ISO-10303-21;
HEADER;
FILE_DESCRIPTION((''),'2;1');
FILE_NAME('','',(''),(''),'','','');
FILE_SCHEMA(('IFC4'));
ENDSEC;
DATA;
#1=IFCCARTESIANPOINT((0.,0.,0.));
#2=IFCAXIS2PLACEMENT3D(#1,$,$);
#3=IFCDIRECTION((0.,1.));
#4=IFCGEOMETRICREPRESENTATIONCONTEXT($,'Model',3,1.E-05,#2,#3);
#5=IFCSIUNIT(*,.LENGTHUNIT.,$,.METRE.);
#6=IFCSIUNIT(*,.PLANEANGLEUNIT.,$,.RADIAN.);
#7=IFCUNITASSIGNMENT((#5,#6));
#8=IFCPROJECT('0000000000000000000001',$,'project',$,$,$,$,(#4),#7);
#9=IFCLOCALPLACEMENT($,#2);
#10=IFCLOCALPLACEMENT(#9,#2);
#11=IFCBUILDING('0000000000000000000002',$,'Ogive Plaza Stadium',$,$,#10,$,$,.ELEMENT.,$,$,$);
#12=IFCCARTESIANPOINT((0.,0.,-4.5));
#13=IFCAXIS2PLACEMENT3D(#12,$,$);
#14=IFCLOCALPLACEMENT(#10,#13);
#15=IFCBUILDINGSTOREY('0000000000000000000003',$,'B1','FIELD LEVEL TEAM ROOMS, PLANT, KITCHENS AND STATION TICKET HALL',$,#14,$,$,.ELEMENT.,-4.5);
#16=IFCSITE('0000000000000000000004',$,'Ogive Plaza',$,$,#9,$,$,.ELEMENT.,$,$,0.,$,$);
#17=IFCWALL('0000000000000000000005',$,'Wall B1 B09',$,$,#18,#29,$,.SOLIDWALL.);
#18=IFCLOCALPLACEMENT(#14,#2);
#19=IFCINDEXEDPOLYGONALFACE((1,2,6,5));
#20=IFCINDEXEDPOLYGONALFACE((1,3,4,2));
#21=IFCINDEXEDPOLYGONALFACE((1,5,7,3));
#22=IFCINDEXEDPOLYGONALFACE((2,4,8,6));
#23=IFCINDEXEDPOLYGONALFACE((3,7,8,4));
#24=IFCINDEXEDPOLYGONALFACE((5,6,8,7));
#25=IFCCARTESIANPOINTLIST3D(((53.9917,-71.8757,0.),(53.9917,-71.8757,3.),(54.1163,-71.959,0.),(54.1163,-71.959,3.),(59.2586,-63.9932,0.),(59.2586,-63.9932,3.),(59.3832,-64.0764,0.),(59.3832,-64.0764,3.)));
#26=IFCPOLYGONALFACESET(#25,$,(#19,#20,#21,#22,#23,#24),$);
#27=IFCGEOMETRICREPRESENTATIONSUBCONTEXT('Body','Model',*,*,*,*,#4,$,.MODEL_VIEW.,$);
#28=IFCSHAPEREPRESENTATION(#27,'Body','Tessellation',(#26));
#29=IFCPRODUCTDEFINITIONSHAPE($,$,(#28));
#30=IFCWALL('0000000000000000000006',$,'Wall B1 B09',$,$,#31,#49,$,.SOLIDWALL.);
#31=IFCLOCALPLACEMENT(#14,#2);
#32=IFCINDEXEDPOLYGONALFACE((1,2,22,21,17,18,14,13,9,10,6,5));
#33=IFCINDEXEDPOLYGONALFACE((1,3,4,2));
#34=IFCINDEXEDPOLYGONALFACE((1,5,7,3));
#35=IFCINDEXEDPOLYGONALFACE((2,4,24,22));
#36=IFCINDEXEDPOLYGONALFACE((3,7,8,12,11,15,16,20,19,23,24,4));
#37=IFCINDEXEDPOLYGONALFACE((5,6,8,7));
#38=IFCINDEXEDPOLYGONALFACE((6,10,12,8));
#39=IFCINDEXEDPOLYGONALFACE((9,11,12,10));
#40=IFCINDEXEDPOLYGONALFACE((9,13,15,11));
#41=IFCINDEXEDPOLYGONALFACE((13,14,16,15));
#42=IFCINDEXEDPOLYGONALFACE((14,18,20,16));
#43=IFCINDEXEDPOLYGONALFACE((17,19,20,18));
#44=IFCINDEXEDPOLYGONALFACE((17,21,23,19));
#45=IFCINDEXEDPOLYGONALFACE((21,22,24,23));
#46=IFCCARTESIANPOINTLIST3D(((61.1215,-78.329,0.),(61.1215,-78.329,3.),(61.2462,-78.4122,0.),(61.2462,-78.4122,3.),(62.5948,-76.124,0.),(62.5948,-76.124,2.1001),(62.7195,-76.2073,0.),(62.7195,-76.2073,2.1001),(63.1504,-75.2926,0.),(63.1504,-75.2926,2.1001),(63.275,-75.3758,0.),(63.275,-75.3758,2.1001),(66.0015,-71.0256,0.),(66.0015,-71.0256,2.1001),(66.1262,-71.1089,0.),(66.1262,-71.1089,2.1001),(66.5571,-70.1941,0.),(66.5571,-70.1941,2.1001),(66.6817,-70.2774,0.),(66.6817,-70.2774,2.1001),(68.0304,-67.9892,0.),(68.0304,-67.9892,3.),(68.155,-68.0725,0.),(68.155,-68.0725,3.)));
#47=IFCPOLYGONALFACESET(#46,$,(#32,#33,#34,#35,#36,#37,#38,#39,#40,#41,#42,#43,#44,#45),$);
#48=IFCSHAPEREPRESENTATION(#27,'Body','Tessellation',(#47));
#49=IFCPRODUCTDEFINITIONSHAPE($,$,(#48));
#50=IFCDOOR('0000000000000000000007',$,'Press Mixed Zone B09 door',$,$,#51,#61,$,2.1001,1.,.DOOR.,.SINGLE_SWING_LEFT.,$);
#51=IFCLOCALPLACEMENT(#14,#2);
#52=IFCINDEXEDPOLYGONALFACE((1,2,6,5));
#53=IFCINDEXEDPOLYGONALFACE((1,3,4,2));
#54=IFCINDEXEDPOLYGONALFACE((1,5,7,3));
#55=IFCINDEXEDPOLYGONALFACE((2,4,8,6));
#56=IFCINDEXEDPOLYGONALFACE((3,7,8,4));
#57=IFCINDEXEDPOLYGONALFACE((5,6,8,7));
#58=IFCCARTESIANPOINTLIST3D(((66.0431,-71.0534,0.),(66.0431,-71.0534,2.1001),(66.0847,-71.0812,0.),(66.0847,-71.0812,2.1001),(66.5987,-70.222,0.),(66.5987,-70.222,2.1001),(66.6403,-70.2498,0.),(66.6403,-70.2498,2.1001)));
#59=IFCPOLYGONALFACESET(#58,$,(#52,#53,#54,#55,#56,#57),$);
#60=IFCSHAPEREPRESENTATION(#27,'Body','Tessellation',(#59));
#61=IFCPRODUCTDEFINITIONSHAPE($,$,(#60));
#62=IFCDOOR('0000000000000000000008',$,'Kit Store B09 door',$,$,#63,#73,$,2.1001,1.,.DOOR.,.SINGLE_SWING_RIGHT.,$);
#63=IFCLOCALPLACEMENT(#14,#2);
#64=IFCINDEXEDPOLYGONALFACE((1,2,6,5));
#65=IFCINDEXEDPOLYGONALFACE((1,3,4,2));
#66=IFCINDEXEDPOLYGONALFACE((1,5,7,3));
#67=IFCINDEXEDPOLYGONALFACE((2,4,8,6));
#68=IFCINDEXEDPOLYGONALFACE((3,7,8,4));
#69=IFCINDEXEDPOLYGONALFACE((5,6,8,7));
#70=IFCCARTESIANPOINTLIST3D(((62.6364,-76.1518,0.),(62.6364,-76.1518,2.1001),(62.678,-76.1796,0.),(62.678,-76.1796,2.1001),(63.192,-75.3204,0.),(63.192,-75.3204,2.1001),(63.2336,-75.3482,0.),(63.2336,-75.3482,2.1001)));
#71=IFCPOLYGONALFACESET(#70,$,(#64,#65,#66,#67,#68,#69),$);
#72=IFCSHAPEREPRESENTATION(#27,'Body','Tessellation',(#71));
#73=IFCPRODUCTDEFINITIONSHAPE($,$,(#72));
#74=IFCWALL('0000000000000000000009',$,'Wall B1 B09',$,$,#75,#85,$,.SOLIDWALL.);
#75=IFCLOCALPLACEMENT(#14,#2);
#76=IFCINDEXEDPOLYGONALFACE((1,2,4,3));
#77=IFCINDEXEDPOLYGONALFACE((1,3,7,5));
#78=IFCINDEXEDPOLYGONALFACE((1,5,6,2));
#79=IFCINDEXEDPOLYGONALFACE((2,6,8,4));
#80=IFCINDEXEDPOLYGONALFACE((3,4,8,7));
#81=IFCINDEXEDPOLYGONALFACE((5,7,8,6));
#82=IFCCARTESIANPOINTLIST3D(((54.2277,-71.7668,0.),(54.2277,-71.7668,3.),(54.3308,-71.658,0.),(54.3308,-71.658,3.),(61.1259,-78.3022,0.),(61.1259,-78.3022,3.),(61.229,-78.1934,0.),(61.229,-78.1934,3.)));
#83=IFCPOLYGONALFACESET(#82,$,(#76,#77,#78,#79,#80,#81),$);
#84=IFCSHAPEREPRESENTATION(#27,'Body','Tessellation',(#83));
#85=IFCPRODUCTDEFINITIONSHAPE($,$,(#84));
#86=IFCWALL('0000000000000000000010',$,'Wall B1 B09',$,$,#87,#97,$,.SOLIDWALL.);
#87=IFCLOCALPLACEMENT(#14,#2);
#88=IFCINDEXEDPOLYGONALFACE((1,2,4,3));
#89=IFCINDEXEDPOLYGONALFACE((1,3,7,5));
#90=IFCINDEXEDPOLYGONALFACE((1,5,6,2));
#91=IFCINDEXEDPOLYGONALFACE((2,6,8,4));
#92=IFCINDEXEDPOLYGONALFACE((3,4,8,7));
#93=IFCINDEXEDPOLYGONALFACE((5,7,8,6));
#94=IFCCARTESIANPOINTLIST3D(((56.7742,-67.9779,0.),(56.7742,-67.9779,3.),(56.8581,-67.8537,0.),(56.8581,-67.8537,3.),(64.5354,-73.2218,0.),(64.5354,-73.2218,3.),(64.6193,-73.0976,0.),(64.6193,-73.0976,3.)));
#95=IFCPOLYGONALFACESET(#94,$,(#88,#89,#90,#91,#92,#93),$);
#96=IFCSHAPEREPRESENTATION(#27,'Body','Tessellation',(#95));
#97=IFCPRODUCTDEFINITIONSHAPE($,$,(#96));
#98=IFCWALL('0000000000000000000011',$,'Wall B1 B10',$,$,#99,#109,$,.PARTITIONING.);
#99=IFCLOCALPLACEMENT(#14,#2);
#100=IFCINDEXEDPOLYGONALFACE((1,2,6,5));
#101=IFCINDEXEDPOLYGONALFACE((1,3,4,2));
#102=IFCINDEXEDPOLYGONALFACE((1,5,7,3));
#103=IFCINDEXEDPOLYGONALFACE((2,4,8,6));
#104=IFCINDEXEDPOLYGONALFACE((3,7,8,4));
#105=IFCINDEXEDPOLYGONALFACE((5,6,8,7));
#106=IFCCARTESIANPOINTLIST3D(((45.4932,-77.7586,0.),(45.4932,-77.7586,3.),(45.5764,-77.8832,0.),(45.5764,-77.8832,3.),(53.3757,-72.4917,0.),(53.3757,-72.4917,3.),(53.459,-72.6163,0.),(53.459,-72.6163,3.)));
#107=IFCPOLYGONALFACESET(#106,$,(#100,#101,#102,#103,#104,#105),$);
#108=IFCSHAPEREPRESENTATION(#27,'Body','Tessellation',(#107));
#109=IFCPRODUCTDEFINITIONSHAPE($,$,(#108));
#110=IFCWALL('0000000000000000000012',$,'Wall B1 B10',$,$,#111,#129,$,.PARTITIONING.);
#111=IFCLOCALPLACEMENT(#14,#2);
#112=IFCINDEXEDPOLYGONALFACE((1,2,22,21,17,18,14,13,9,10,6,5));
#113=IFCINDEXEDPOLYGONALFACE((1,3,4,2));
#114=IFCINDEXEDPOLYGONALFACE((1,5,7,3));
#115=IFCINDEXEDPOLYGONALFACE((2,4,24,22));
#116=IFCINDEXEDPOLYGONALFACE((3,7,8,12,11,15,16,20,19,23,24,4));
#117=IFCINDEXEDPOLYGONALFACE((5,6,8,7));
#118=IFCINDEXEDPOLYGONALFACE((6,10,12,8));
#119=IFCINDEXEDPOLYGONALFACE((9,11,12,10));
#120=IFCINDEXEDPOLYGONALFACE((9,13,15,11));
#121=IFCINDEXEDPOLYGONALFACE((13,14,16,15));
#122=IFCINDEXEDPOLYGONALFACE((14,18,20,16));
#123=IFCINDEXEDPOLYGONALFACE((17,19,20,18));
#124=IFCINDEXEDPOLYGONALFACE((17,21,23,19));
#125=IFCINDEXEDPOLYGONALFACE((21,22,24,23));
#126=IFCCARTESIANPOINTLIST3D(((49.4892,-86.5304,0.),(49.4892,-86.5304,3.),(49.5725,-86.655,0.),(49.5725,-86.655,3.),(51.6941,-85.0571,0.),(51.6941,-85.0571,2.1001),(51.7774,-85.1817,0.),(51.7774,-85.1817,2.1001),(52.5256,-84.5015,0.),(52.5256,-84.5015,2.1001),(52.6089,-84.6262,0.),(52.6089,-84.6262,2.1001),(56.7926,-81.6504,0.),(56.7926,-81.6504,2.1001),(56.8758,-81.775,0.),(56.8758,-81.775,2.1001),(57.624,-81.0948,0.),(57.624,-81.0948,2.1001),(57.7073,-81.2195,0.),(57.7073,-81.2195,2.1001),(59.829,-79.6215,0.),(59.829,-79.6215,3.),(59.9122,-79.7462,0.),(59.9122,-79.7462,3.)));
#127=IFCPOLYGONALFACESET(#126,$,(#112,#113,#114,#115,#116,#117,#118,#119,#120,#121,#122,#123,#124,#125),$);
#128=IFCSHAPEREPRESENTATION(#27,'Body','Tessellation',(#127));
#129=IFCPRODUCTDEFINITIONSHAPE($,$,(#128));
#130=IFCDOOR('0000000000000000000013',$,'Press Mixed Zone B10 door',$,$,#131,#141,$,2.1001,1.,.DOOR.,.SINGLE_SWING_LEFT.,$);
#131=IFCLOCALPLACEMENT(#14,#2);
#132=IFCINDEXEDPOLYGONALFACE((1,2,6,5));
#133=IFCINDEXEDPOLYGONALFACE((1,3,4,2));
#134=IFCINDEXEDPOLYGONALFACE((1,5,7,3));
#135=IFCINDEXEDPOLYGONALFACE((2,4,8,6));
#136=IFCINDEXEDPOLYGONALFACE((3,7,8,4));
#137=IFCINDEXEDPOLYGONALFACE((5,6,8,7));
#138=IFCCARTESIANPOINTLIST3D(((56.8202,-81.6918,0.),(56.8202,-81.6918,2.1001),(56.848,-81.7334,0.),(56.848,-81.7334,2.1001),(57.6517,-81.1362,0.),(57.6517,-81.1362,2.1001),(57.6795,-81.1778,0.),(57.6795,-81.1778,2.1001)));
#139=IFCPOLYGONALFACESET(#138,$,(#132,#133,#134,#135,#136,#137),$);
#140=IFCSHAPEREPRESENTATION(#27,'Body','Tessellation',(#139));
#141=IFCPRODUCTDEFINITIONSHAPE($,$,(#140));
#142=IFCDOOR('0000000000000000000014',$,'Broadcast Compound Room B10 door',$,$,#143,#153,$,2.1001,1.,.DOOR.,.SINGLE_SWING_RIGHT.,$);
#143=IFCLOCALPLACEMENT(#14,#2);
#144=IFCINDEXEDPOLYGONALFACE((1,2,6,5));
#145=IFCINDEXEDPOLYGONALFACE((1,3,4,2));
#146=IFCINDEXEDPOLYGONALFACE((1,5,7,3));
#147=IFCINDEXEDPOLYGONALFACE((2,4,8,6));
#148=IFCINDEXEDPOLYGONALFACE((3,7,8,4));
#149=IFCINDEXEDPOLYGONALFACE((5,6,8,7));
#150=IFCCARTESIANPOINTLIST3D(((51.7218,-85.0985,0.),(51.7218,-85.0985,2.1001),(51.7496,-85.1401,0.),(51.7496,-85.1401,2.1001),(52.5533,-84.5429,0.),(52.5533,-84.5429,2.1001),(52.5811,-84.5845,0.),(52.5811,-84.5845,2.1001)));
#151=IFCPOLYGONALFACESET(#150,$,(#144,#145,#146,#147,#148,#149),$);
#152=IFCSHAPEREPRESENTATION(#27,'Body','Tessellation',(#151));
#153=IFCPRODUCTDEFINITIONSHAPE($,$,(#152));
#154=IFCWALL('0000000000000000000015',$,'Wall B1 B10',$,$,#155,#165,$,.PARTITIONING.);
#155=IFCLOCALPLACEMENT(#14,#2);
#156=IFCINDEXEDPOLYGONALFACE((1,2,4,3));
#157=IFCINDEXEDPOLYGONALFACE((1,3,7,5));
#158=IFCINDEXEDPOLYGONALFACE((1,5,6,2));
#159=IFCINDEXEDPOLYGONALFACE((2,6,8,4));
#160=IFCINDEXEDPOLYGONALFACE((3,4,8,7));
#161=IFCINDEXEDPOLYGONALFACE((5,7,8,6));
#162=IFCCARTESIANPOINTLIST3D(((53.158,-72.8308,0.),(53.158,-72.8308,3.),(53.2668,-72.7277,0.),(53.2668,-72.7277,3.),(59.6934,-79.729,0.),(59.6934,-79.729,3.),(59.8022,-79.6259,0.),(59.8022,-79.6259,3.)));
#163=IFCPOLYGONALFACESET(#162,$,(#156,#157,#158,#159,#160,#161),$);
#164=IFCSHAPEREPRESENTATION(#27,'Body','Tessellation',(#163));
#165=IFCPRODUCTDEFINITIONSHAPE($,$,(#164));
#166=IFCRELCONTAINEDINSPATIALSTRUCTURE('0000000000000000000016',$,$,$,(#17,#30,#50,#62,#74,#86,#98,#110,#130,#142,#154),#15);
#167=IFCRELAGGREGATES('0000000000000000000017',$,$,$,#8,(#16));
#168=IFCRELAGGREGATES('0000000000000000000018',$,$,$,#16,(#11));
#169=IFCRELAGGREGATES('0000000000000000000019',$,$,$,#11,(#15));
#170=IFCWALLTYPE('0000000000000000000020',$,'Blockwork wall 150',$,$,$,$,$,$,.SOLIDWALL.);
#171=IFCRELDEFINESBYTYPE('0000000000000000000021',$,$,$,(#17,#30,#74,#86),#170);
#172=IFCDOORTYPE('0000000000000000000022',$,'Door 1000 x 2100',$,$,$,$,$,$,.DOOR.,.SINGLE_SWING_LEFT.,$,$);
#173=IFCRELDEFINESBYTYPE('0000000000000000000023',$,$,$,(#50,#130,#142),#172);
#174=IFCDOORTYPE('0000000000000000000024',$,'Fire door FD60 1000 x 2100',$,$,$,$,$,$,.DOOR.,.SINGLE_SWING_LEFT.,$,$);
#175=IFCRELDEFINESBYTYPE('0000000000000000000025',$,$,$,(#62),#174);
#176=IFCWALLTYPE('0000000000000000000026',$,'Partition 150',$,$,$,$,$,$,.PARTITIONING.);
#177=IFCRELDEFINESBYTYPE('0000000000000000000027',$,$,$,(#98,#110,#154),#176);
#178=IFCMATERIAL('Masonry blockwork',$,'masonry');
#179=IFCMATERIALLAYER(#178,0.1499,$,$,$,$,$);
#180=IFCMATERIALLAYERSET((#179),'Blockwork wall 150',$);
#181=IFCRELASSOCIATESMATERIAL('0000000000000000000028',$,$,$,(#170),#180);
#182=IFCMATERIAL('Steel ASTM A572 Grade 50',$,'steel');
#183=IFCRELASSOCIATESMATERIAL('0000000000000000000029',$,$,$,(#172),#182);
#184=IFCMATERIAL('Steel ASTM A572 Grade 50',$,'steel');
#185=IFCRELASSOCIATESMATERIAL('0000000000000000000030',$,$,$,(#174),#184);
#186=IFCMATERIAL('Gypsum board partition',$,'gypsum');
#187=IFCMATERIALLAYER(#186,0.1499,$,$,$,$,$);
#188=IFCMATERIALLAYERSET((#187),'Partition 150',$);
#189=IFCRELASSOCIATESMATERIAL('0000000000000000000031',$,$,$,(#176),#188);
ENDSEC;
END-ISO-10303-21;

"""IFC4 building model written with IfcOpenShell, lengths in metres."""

from ifc_helpers import new_model, si_unit, direction, frame, frame_2d, origin, place, context, subcontext, project, spatial, rectangle, extrude, material, layer, layer_set, type_object, element, fill, save


model = new_model("IFC4")

# Units and contexts
model_context = context("Model", 3, precision=1e-05, world=origin(), true_north=direction((0.0, 1.0)))
body_context = subcontext(model_context, "Body", "Model", "MODEL_VIEW")
ifc_project = project(units=[si_unit("LENGTHUNIT", "METRE"), si_unit("PLANEANGLEUNIT", "RADIAN")], contexts=[model_context])

# Site, building, storey
site_placement = place(None, origin())
site = spatial("IfcSite", under=ifc_project, at=site_placement, Name="Ogive Plaza", CompositionType="ELEMENT", RefElevation=0.0)
building_placement = place(site_placement, origin())
building = spatial("IfcBuilding", under=site, at=building_placement, Name="Ogive Plaza Stadium", CompositionType="ELEMENT")
storey_placement = place(building_placement, frame((0.0, 0.0, -4.5)))
storey = spatial("IfcBuildingStorey", under=building, at=storey_placement, Name="B1", Description="FIELD LEVEL TEAM ROOMS, PLANT, KITCHENS AND STATION TICKET HALL", CompositionType="ELEMENT", Elevation=-4.5)

# Wall
ifc_material_1 = material(Name="Masonry blockwork", Category="masonry")
ifc_layer_1 = layer(ifc_material_1, 0.1499)
ifc_layer_set_1 = layer_set([ifc_layer_1], Name="Blockwork wall 150")
wall_type_1 = type_object("IfcWallType", Name="Blockwork wall 150", PredefinedType="SOLIDWALL", material=ifc_layer_set_1)
wall_1_placement = place(storey_placement, frame((54.054, -71.9175, 0.0), z_axis=(0.0, 0.0, 1.0), x_axis=(0.555562, 0.831475, 0.0)))
element("IfcWall", 1, at=wall_1_placement, inside=storey, type_object=wall_type_1, Name="Wall B1 B09", PredefinedType="SOLIDWALL", context=body_context, shape_type="SweptSolid", body=[
    extrude(rectangle(XDim=9.4802, YDim=0.1499, at=frame_2d((4.7402, 0.0))), origin(), (0.0, 0.0, 1.0), 3.0),
])

# Wall, openings, doors
wall_2_placement = place(storey_placement, frame((61.1838, -78.3706, 0.0), z_axis=(0.0, 0.0, 1.0), x_axis=(0.555574, 0.831467, 0.0)))
wall_2 = element("IfcWall", 2, at=wall_2_placement, inside=storey, type_object=wall_type_1, Name="Wall B1 B09", PredefinedType="SOLIDWALL", context=body_context, shape_type="SweptSolid", body=[
    extrude(rectangle(XDim=12.4355, YDim=0.1499, at=frame_2d((6.2178, 0.0))), origin(), (0.0, 0.0, 1.0), 3.0),
])
opening_1_placement = place(wall_2_placement, frame((2.6519, 0.0, 0.0)))
opening_1 = element("IfcOpeningElement", 3, at=opening_1_placement, cuts=wall_2, PredefinedType="OPENING", context=body_context, shape_type="SweptSolid", body=[
    extrude(rectangle(XDim=1.0, YDim=2.1001, at=frame_2d((0.5, 1.05))), frame((0.0, 0.075, 0.0), z_axis=(0.0, -1.0, 0.0), x_axis=(1.0, 0.0, 0.0)), (0.0, 0.0, 1.0), 0.1499),
])
opening_2_placement = place(wall_2_placement, frame((8.7837, 0.0, 0.0)))
opening_2 = element("IfcOpeningElement", 4, at=opening_2_placement, cuts=wall_2, PredefinedType="OPENING", context=body_context, shape_type="SweptSolid", body=[
    extrude(rectangle(XDim=1.0, YDim=2.1001, at=frame_2d((0.5, 1.05))), frame((0.0, 0.075, 0.0), z_axis=(0.0, -1.0, 0.0), x_axis=(1.0, 0.0, 0.0)), (0.0, 0.0, 1.0), 0.1499),
])
ifc_material_2 = material(Name="Steel ASTM A572 Grade 50", Category="steel")
door_type_1 = type_object("IfcDoorType", Name="Door 1000 x 2100", OperationType="SINGLE_SWING_LEFT", PredefinedType="DOOR", material=ifc_material_2)
door_1_placement = place(opening_2_placement, origin())
door_1 = element("IfcDoor", 5, at=door_1_placement, inside=storey, type_object=door_type_1, Name="Press Mixed Zone B09 door", OperationType="SINGLE_SWING_LEFT", OverallHeight=2.1001, OverallWidth=1.0, PredefinedType="DOOR", context=body_context, shape_type="SweptSolid", body=[
    extrude(rectangle(XDim=1.0, YDim=2.1001, at=frame_2d((0.5, 1.05))), frame((0.0, 0.0249, 0.0), z_axis=(0.0, -1.0, 0.0), x_axis=(1.0, 0.0, 0.0)), (0.0, 0.0, 1.0), 0.05),
])
fill(opening_2, door_1)
ifc_material_3 = material(Name="Steel ASTM A572 Grade 50", Category="steel")
door_type_2 = type_object("IfcDoorType", Name="Fire door FD60 1000 x 2100", OperationType="SINGLE_SWING_LEFT", PredefinedType="DOOR", material=ifc_material_3)
door_2_placement = place(opening_1_placement, origin())
door_2 = element("IfcDoor", 6, at=door_2_placement, inside=storey, type_object=door_type_2, Name="Kit Store B09 door", OperationType="SINGLE_SWING_RIGHT", OverallHeight=2.1001, OverallWidth=1.0, PredefinedType="DOOR", context=body_context, shape_type="SweptSolid", body=[
    extrude(rectangle(XDim=1.0, YDim=2.1001, at=frame_2d((0.5, 1.05))), frame((0.0, 0.0249, 0.0), z_axis=(0.0, -1.0, 0.0), x_axis=(1.0, 0.0, 0.0)), (0.0, 0.0, 1.0), 0.05),
])
fill(opening_1, door_2)

# Walls
wall_3_placement = place(storey_placement, frame((54.2793, -71.7124, 0.0), z_axis=(0.0, 0.0, 1.0), x_axis=(0.725939, -0.68776, 0.0)))
element("IfcWall", 7, at=wall_3_placement, inside=storey, type_object=wall_type_1, Name="Wall B1 B09", PredefinedType="SOLIDWALL", context=body_context, shape_type="SweptSolid", body=[
    extrude(rectangle(XDim=9.5024, YDim=0.1499, at=frame_2d((4.7512, 0.0))), origin(), (0.0, 0.0, 1.0), 3.0),
])
wall_4_placement = place(storey_placement, frame((56.8162, -67.9158, 0.0), z_axis=(0.0, 0.0, 1.0), x_axis=(0.828598, -0.559844, 0.0)))
element("IfcWall", 8, at=wall_4_placement, inside=storey, type_object=wall_type_1, Name="Wall B1 B09", PredefinedType="SOLIDWALL", context=body_context, shape_type="SweptSolid", body=[
    extrude(rectangle(XDim=9.3667, YDim=0.1499, at=frame_2d((4.6833, 0.0))), origin(), (0.0, 0.0, 1.0), 3.0),
])
ifc_material_4 = material(Name="Gypsum board partition", Category="gypsum")
ifc_layer_2 = layer(ifc_material_4, 0.1499)
ifc_layer_set_2 = layer_set([ifc_layer_2], Name="Partition 150")
wall_type_2 = type_object("IfcWallType", Name="Partition 150", PredefinedType="PARTITIONING", material=ifc_layer_set_2)
wall_5_placement = place(storey_placement, frame((53.4175, -72.554, 0.0), z_axis=(0.0, 0.0, 1.0), x_axis=(-0.831475, -0.555562, 0.0)))
element("IfcWall", 9, at=wall_5_placement, inside=storey, type_object=wall_type_2, Name="Wall B1 B10", PredefinedType="PARTITIONING", context=body_context, shape_type="SweptSolid", body=[
    extrude(rectangle(XDim=9.4802, YDim=0.1499, at=frame_2d((4.7402, 0.0))), origin(), (0.0, 0.0, 1.0), 3.0),
])

# Wall, openings, doors
wall_6_placement = place(storey_placement, frame((59.8706, -79.6838, 0.0), z_axis=(0.0, 0.0, 1.0), x_axis=(-0.831467, -0.555574, 0.0)))
wall_6 = element("IfcWall", 10, at=wall_6_placement, inside=storey, type_object=wall_type_2, Name="Wall B1 B10", PredefinedType="PARTITIONING", context=body_context, shape_type="SweptSolid", body=[
    extrude(rectangle(XDim=12.4355, YDim=0.1499, at=frame_2d((6.2178, 0.0))), origin(), (0.0, 0.0, 1.0), 3.0),
])
opening_3_placement = place(wall_6_placement, frame((2.6519, 0.0, 0.0)))
opening_3 = element("IfcOpeningElement", 11, at=opening_3_placement, cuts=wall_6, PredefinedType="OPENING", context=body_context, shape_type="SweptSolid", body=[
    extrude(rectangle(XDim=1.0, YDim=2.1001, at=frame_2d((0.5, 1.05))), frame((0.0, 0.075, 0.0), z_axis=(0.0, -1.0, 0.0), x_axis=(1.0, 0.0, 0.0)), (0.0, 0.0, 1.0), 0.1499),
])
opening_4_placement = place(wall_6_placement, frame((8.7837, 0.0, 0.0)))
opening_4 = element("IfcOpeningElement", 12, at=opening_4_placement, cuts=wall_6, PredefinedType="OPENING", context=body_context, shape_type="SweptSolid", body=[
    extrude(rectangle(XDim=1.0, YDim=2.1001, at=frame_2d((0.5, 1.05))), frame((0.0, 0.075, 0.0), z_axis=(0.0, -1.0, 0.0), x_axis=(1.0, 0.0, 0.0)), (0.0, 0.0, 1.0), 0.1499),
])
door_3_placement = place(opening_3_placement, origin())
door_3 = element("IfcDoor", 13, at=door_3_placement, inside=storey, type_object=door_type_1, Name="Press Mixed Zone B10 door", OperationType="SINGLE_SWING_LEFT", OverallHeight=2.1001, OverallWidth=1.0, PredefinedType="DOOR", context=body_context, shape_type="SweptSolid", body=[
    extrude(rectangle(XDim=1.0, YDim=2.1001, at=frame_2d((0.5, 1.05))), frame((0.0, 0.0249, 0.0), z_axis=(0.0, -1.0, 0.0), x_axis=(1.0, 0.0, 0.0)), (0.0, 0.0, 1.0), 0.05),
])
fill(opening_3, door_3)
door_4_placement = place(opening_4_placement, origin())
door_4 = element("IfcDoor", 14, at=door_4_placement, inside=storey, type_object=door_type_1, Name="Broadcast Compound Room B10 door", OperationType="SINGLE_SWING_RIGHT", OverallHeight=2.1001, OverallWidth=1.0, PredefinedType="DOOR", context=body_context, shape_type="SweptSolid", body=[
    extrude(rectangle(XDim=1.0, YDim=2.1001, at=frame_2d((0.5, 1.05))), frame((0.0, 0.0249, 0.0), z_axis=(0.0, -1.0, 0.0), x_axis=(1.0, 0.0, 0.0)), (0.0, 0.0, 1.0), 0.05),
])
fill(opening_4, door_4)

# Wall
wall_7_placement = place(storey_placement, frame((53.2124, -72.7793, 0.0), z_axis=(0.0, 0.0, 1.0), x_axis=(0.68776, -0.725939, 0.0)))
element("IfcWall", 15, at=wall_7_placement, inside=storey, type_object=wall_type_2, Name="Wall B1 B10", PredefinedType="PARTITIONING", context=body_context, shape_type="SweptSolid", body=[
    extrude(rectangle(XDim=9.5024, YDim=0.1499, at=frame_2d((4.7512, 0.0))), origin(), (0.0, 0.0, 1.0), 3.0),
])

save(model, "model.ifc")
